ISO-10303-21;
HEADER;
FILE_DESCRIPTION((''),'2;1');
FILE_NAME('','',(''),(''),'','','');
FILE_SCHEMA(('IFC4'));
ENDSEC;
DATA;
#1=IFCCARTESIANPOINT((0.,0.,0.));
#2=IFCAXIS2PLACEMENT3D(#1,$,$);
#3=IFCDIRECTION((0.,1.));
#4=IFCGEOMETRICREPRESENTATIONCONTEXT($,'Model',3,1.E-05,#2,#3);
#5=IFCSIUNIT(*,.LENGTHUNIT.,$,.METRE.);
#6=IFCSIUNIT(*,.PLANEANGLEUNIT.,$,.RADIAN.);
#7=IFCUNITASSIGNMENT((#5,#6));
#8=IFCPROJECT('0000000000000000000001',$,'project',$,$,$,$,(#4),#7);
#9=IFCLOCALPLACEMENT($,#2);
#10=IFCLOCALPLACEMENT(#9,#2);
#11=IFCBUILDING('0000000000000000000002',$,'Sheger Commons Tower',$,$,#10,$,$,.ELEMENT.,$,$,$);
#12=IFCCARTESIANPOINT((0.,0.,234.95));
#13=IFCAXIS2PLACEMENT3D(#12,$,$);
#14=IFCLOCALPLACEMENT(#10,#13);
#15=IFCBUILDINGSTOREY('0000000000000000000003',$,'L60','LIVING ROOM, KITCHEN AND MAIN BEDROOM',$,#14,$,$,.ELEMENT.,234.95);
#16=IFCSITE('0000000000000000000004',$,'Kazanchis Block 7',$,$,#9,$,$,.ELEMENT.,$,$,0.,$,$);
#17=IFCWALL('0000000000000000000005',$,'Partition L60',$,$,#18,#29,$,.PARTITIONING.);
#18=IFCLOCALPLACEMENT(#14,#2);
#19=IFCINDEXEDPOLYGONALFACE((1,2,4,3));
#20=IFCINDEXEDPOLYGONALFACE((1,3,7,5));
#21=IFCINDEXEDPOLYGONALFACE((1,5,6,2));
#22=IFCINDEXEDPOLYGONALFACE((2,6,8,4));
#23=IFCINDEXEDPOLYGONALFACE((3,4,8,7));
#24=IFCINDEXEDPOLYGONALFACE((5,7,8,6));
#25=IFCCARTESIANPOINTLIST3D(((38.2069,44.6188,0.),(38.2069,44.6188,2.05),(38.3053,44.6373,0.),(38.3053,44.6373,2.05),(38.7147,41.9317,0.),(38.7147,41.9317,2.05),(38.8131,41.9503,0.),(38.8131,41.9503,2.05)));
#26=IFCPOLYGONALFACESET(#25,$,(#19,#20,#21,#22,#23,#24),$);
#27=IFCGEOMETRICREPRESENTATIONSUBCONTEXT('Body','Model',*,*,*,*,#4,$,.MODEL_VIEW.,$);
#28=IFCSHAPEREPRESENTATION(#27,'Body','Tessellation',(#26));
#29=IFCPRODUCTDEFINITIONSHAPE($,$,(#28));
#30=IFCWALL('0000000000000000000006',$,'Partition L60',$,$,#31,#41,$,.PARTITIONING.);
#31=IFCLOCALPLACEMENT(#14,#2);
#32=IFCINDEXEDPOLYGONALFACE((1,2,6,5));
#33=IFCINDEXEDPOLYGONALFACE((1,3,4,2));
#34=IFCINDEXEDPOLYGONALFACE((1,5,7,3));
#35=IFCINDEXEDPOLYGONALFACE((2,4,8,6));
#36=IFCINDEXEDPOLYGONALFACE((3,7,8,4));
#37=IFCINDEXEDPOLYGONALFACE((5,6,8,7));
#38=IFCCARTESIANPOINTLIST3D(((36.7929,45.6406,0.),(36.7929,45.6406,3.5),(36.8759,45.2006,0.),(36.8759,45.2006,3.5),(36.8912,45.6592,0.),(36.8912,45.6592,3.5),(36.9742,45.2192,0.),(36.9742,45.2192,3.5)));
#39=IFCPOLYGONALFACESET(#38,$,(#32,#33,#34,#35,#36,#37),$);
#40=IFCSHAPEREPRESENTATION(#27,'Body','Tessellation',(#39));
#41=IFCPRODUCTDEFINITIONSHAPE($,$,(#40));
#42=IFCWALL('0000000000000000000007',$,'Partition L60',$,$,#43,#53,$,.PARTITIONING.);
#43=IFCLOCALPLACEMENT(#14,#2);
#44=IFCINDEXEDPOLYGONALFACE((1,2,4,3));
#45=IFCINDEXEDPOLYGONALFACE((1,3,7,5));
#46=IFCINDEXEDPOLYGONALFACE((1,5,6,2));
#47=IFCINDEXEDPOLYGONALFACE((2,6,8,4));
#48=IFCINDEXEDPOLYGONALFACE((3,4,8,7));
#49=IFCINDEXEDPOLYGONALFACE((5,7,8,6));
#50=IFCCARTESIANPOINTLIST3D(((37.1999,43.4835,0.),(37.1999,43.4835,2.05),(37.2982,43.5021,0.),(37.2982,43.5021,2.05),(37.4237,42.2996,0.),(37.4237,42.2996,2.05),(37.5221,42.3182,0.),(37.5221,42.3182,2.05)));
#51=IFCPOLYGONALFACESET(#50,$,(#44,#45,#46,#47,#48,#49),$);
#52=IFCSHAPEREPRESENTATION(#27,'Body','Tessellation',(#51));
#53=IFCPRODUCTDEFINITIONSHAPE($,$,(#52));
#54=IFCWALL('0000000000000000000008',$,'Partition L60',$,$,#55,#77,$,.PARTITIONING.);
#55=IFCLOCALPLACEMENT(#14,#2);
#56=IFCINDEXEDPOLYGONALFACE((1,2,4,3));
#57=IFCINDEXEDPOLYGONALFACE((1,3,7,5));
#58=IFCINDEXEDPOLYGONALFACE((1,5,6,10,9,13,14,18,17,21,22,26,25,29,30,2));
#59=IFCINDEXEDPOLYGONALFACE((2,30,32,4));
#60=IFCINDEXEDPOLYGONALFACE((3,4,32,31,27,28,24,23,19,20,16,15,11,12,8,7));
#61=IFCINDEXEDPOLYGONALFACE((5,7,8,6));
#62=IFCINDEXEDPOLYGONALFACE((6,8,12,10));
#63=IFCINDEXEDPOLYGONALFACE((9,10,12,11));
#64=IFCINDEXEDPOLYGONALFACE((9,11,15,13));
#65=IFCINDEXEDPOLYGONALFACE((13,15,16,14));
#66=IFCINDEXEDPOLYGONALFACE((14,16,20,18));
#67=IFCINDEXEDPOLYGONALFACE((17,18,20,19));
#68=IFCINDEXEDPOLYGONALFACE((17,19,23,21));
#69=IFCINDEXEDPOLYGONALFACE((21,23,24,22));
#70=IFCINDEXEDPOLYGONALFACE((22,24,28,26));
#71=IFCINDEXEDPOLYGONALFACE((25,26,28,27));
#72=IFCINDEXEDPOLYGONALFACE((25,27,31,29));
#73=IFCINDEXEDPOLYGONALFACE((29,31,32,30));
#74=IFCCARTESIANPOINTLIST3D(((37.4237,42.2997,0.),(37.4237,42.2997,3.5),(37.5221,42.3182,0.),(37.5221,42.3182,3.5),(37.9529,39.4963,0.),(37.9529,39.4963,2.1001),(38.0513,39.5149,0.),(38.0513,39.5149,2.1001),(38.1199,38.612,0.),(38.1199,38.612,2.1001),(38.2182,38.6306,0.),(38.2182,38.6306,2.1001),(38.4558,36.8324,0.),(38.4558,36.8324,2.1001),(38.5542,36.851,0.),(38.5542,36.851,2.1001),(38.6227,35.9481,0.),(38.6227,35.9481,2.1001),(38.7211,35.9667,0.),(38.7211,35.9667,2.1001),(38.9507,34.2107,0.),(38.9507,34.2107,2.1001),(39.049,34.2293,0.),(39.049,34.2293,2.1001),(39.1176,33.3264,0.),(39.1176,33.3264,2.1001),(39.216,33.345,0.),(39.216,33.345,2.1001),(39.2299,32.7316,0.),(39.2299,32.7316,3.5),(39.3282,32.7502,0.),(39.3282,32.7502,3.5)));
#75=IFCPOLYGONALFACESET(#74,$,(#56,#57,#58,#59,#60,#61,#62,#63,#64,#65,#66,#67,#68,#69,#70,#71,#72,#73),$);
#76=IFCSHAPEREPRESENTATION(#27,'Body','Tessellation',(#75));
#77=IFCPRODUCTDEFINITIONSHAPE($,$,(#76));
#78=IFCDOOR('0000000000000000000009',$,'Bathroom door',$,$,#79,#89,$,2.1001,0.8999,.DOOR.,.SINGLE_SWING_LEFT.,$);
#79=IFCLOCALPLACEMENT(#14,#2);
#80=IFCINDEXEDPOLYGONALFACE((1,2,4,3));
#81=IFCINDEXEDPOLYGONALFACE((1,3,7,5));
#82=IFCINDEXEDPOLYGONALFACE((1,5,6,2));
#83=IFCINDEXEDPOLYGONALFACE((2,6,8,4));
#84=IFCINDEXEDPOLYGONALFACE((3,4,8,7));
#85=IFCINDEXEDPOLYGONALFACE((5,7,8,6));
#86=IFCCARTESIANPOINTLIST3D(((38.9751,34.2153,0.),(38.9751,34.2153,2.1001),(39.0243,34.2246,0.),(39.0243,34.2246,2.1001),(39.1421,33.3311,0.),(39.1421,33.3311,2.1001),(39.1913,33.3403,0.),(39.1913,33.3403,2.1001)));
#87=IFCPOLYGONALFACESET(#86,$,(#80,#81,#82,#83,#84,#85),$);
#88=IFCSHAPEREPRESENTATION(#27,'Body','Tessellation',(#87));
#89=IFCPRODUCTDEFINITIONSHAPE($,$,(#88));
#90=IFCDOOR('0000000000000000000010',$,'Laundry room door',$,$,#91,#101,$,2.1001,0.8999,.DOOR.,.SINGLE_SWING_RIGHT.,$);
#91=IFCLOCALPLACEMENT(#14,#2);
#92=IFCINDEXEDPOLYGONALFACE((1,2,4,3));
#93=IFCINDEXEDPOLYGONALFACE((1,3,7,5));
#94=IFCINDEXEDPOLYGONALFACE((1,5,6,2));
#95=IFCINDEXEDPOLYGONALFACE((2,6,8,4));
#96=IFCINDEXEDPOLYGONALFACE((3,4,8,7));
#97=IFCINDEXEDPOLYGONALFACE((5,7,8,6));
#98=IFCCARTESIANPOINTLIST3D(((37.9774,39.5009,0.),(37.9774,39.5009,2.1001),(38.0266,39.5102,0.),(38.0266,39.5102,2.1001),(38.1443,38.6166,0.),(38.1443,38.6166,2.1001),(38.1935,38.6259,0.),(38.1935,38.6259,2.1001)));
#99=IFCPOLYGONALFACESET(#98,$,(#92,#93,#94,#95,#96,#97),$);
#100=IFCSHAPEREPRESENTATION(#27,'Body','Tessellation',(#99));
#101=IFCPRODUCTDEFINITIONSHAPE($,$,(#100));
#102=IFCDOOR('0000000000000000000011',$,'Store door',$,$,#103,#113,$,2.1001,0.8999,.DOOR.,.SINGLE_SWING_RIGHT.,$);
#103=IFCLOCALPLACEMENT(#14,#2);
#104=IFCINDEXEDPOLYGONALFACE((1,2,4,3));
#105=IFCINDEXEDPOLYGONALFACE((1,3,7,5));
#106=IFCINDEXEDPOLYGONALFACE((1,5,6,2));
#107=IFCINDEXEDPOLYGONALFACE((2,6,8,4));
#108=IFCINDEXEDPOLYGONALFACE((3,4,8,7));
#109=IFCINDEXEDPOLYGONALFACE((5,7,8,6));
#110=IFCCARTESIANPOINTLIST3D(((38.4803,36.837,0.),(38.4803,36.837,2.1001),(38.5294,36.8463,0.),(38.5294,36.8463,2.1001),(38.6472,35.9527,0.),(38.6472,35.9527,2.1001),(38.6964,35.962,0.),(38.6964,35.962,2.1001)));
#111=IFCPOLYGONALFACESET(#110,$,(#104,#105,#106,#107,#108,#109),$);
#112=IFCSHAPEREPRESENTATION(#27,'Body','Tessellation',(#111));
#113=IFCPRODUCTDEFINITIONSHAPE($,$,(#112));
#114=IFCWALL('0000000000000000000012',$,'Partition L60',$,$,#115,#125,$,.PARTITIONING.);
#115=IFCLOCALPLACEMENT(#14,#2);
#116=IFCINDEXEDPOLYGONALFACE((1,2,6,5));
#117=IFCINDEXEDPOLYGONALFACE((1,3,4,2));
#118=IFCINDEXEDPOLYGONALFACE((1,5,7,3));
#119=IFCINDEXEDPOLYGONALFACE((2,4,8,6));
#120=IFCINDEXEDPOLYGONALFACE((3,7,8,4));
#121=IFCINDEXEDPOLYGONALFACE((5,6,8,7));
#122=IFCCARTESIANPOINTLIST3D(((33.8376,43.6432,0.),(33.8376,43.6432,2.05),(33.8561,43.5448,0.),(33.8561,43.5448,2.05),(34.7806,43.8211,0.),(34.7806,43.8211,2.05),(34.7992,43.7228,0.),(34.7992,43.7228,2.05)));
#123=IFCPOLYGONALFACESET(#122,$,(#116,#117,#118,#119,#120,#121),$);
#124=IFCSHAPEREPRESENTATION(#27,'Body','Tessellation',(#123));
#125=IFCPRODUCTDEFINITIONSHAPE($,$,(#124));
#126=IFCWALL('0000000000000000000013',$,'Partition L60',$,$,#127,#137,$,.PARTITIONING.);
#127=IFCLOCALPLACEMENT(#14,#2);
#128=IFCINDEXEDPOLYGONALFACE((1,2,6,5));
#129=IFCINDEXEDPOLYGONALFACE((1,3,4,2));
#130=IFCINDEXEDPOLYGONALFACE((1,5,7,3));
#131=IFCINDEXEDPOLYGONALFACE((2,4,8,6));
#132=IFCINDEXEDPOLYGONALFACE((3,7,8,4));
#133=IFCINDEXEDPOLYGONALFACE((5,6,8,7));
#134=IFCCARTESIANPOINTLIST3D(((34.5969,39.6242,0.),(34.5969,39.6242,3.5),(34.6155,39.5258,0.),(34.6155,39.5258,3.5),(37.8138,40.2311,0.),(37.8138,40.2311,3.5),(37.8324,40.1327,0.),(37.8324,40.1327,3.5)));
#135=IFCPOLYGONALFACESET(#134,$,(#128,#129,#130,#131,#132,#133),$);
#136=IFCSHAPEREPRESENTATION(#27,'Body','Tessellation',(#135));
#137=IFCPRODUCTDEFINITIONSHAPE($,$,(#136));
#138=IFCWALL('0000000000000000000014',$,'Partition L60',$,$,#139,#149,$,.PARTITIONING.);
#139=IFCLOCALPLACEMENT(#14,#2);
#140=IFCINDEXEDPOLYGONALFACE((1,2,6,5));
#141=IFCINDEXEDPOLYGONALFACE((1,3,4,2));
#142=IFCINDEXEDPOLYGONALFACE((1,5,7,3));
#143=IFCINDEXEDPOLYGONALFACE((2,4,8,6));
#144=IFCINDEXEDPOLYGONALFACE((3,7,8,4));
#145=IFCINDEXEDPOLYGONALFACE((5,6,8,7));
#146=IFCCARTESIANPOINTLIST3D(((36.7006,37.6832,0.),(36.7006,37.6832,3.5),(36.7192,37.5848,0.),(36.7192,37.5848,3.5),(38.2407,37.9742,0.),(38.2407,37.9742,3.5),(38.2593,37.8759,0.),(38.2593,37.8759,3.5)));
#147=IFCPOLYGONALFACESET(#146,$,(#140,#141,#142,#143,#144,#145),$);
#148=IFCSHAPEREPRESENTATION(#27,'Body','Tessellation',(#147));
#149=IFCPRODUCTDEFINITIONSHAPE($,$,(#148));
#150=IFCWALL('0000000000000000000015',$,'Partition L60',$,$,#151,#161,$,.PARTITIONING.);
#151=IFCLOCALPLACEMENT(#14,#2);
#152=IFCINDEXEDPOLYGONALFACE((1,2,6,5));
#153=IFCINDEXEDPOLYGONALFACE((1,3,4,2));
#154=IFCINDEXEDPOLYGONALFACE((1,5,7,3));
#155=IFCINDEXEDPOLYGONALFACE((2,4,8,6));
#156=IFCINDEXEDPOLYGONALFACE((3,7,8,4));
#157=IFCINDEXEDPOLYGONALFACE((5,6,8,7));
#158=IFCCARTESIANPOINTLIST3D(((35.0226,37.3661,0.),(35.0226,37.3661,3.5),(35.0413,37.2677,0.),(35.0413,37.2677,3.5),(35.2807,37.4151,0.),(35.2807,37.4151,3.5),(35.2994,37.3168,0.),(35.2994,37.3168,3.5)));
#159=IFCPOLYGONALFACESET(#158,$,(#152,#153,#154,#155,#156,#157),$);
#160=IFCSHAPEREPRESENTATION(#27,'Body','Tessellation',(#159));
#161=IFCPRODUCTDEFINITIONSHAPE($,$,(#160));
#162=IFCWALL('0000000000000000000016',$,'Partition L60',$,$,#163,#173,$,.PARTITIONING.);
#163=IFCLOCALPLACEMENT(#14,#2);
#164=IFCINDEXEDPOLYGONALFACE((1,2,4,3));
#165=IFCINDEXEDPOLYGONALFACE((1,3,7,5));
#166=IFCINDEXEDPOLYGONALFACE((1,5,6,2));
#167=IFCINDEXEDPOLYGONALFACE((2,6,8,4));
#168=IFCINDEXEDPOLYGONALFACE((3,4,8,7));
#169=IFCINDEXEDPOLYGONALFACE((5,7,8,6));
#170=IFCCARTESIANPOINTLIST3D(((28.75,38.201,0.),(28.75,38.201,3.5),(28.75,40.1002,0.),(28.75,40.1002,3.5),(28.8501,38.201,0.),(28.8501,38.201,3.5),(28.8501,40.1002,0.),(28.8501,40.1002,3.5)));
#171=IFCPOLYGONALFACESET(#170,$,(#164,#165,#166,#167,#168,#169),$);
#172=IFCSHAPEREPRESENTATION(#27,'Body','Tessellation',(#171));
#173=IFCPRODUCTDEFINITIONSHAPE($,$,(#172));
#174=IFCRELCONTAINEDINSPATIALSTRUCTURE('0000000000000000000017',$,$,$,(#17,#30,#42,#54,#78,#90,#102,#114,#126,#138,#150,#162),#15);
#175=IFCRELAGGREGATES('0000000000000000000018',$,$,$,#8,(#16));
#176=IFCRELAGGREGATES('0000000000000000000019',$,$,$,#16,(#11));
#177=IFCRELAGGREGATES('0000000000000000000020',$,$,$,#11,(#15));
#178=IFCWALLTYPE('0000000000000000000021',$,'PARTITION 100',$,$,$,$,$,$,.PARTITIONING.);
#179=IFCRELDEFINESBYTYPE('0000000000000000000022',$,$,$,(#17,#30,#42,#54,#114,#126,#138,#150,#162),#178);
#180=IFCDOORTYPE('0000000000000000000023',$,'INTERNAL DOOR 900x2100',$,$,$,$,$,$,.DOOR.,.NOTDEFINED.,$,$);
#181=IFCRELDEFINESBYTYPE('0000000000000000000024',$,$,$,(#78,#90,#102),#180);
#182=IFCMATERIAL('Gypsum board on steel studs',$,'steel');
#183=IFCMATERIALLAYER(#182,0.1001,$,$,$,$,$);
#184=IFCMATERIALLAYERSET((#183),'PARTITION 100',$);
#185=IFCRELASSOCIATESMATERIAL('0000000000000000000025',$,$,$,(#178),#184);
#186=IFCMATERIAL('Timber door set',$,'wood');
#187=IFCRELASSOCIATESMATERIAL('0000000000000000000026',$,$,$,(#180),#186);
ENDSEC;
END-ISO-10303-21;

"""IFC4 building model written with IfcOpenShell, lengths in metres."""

from ifc_helpers import new_model, si_unit, direction, frame, frame_2d, origin, place, context, subcontext, project, spatial, rectangle, extrude, material, layer, layer_set, type_object, element, fill, save


model = new_model("IFC4")

# Units and contexts
model_context = context("Model", 3, precision=1e-05, world=origin(), true_north=direction((0.0, 1.0)))
body_context = subcontext(model_context, "Body", "Model", "MODEL_VIEW")
ifc_project = project(units=[si_unit("LENGTHUNIT", "METRE"), si_unit("PLANEANGLEUNIT", "RADIAN")], contexts=[model_context])

# Site, building, storey
site_placement = place(None, origin())
site = spatial("IfcSite", under=ifc_project, at=site_placement, Name="Kazanchis Block 7", CompositionType="ELEMENT", RefElevation=0.0)
building_placement = place(site_placement, origin())
building = spatial("IfcBuilding", under=site, at=building_placement, Name="Sheger Commons Tower", CompositionType="ELEMENT")
storey_placement = place(building_placement, frame((0.0, 0.0, 234.95)))
storey = spatial("IfcBuildingStorey", under=building, at=storey_placement, Name="L60", Description="LIVING ROOM, KITCHEN AND MAIN BEDROOM", CompositionType="ELEMENT", Elevation=234.95)

# Walls
ifc_material_1 = material(Name="Gypsum board on steel studs", Category="steel")
ifc_layer_1 = layer(ifc_material_1, 0.1001)
ifc_layer_set_1 = layer_set([ifc_layer_1], Name="PARTITION 100")
wall_type_1 = type_object("IfcWallType", Name="PARTITION 100", PredefinedType="PARTITIONING", material=ifc_layer_set_1)
wall_1_placement = place(storey_placement, frame((38.2561, 44.6279, 0.0), z_axis=(0.0, 0.0, 1.0), x_axis=(0.185701, -0.982606, 0.0)))
element("IfcWall", 1, at=wall_1_placement, inside=storey, type_object=wall_type_1, Name="Partition L60", PredefinedType="PARTITIONING", context=body_context, shape_type="SweptSolid", body=[
    extrude(rectangle(XDim=2.7346, YDim=0.1001, at=frame_2d((1.3672, 0.0))), origin(), (0.0, 0.0, 1.0), 2.05),
])
wall_2_placement = place(storey_placement, frame((36.842, 45.6499, 0.0), z_axis=(0.0, 0.0, 1.0), x_axis=(0.185408, -0.982662, 0.0)))
element("IfcWall", 2, at=wall_2_placement, inside=storey, type_object=wall_type_1, Name="Partition L60", PredefinedType="PARTITIONING", context=body_context, shape_type="SweptSolid", body=[
    extrude(rectangle(XDim=0.4478, YDim=0.1001, at=frame_2d((0.2239, 0.0))), origin(), (0.0, 0.0, 1.0), 3.5),
])
wall_3_placement = place(storey_placement, frame((37.249, 43.4929, 0.0), z_axis=(0.0, 0.0, 1.0), x_axis=(0.185818, -0.982584, 0.0)))
element("IfcWall", 3, at=wall_3_placement, inside=storey, type_object=wall_type_1, Name="Partition L60", PredefinedType="PARTITIONING", context=body_context, shape_type="SweptSolid", body=[
    extrude(rectangle(XDim=1.2048, YDim=0.1001, at=frame_2d((0.6025, 0.0))), origin(), (0.0, 0.0, 1.0), 2.05),
])

# Wall, openings, doors
wall_4_placement = place(storey_placement, frame((37.4729, 42.3091, 0.0), z_axis=(0.0, 0.0, 1.0), x_axis=(0.185492, -0.982646, 0.0)))
wall_4 = element("IfcWall", 4, at=wall_4_placement, inside=storey, type_object=wall_type_1, Name="Partition L60", PredefinedType="PARTITIONING", context=body_context, shape_type="SweptSolid", body=[
    extrude(rectangle(XDim=9.7371, YDim=0.1001, at=frame_2d((4.8687, 0.0))), origin(), (0.0, 0.0, 1.0), 3.5),
])
opening_1_placement = place(wall_4_placement, frame((8.2319, 0.0, 0.0)))
opening_1 = element("IfcOpeningElement", 5, at=opening_1_placement, cuts=wall_4, PredefinedType="OPENING", context=body_context, shape_type="SweptSolid", body=[
    extrude(rectangle(XDim=0.8999, YDim=2.1001, at=frame_2d((0.45, 1.05))), frame((0.0, 0.0601, 0.0), z_axis=(0.0, -1.0, 0.0), x_axis=(1.0, 0.0, 0.0)), (0.0, 0.0, 1.0), 0.1201),
])
opening_2_placement = place(wall_4_placement, frame((2.853, 0.0, 0.0)))
opening_2 = element("IfcOpeningElement", 6, at=opening_2_placement, cuts=wall_4, PredefinedType="OPENING", context=body_context, shape_type="SweptSolid", body=[
    extrude(rectangle(XDim=0.8999, YDim=2.1001, at=frame_2d((0.45, 1.05))), frame((0.0, 0.0601, 0.0), z_axis=(0.0, -1.0, 0.0), x_axis=(1.0, 0.0, 0.0)), (0.0, 0.0, 1.0), 0.1201),
])
opening_3_placement = place(wall_4_placement, frame((5.564, 0.0, 0.0)))
opening_3 = element("IfcOpeningElement", 7, at=opening_3_placement, cuts=wall_4, PredefinedType="OPENING", context=body_context, shape_type="SweptSolid", body=[
    extrude(rectangle(XDim=0.8999, YDim=2.1001, at=frame_2d((0.45, 1.05))), frame((0.0, 0.0601, 0.0), z_axis=(0.0, -1.0, 0.0), x_axis=(1.0, 0.0, 0.0)), (0.0, 0.0, 1.0), 0.1201),
])
ifc_material_2 = material(Name="Timber door set", Category="wood")
door_type_1 = type_object("IfcDoorType", Name="INTERNAL DOOR 900x2100", OperationType="NOTDEFINED", PredefinedType="DOOR", material=ifc_material_2)
door_1_placement = place(opening_1_placement, origin())
door_1 = element("IfcDoor", 8, at=door_1_placement, inside=storey, type_object=door_type_1, Name="Bathroom door", OperationType="SINGLE_SWING_LEFT", OverallHeight=2.1001, OverallWidth=0.8999, PredefinedType="DOOR", context=body_context, shape_type="SweptSolid", body=[
    extrude(rectangle(XDim=0.8999, YDim=2.1001, at=frame_2d((0.45, 1.05))), frame((0.0, 0.0249, 0.0), z_axis=(0.0, -1.0, 0.0), x_axis=(1.0, 0.0, 0.0)), (0.0, 0.0, 1.0), 0.05),
])
fill(opening_1, door_1)
door_2_placement = place(opening_2_placement, origin())
door_2 = element("IfcDoor", 9, at=door_2_placement, inside=storey, type_object=door_type_1, Name="Laundry room door", OperationType="SINGLE_SWING_RIGHT", OverallHeight=2.1001, OverallWidth=0.8999, PredefinedType="DOOR", context=body_context, shape_type="SweptSolid", body=[
    extrude(rectangle(XDim=0.8999, YDim=2.1001, at=frame_2d((0.45, 1.05))), frame((0.0, 0.0249, 0.0), z_axis=(0.0, -1.0, 0.0), x_axis=(1.0, 0.0, 0.0)), (0.0, 0.0, 1.0), 0.05),
])
fill(opening_2, door_2)
door_3_placement = place(opening_3_placement, origin())
door_3 = element("IfcDoor", 10, at=door_3_placement, inside=storey, type_object=door_type_1, Name="Store door", OperationType="SINGLE_SWING_RIGHT", OverallHeight=2.1001, OverallWidth=0.8999, PredefinedType="DOOR", context=body_context, shape_type="SweptSolid", body=[
    extrude(rectangle(XDim=0.8999, YDim=2.1001, at=frame_2d((0.45, 1.05))), frame((0.0, 0.0249, 0.0), z_axis=(0.0, -1.0, 0.0), x_axis=(1.0, 0.0, 0.0)), (0.0, 0.0, 1.0), 0.05),
])
fill(opening_3, door_3)

# Walls
wall_5_placement = place(storey_placement, frame((34.79, 43.772, 0.0), z_axis=(0.0, 0.0, 1.0), x_axis=(-0.982656, -0.18544, 0.0)))
element("IfcWall", 11, at=wall_5_placement, inside=storey, type_object=wall_type_1, Name="Partition L60", PredefinedType="PARTITIONING", context=body_context, shape_type="SweptSolid", body=[
    extrude(rectangle(XDim=0.9597, YDim=0.1001, at=frame_2d((0.48, 0.0))), origin(), (0.0, 0.0, 1.0), 2.05),
])
wall_6_placement = place(storey_placement, frame((37.823, 40.1819, 0.0), z_axis=(0.0, 0.0, 1.0), x_axis=(-0.982665, -0.185392, 0.0)))
element("IfcWall", 12, at=wall_6_placement, inside=storey, type_object=wall_type_1, Name="Partition L60", PredefinedType="PARTITIONING", context=body_context, shape_type="SweptSolid", body=[
    extrude(rectangle(XDim=3.2737, YDim=0.1001, at=frame_2d((1.6367, 0.0))), origin(), (0.0, 0.0, 1.0), 3.5),
])
wall_7_placement = place(storey_placement, frame((38.25, 37.925, 0.0), z_axis=(0.0, 0.0, 1.0), x_axis=(-0.98261, -0.18568, 0.0)))
element("IfcWall", 13, at=wall_7_placement, inside=storey, type_object=wall_type_1, Name="Partition L60", PredefinedType="PARTITIONING", context=body_context, shape_type="SweptSolid", body=[
    extrude(rectangle(XDim=1.5674, YDim=0.1001, at=frame_2d((0.7837, 0.0))), origin(), (0.0, 0.0, 1.0), 3.5),
])
wall_8_placement = place(storey_placement, frame((35.29, 37.366, 0.0), z_axis=(0.0, 0.0, 1.0), x_axis=(-0.982395, -0.186813, 0.0)))
element("IfcWall", 14, at=wall_8_placement, inside=storey, type_object=wall_type_1, Name="Partition L60", PredefinedType="PARTITIONING", context=body_context, shape_type="SweptSolid", body=[
    extrude(rectangle(XDim=0.2627, YDim=0.1001, at=frame_2d((0.1313, 0.0))), origin(), (0.0, 0.0, 1.0), 3.5),
])
wall_9_placement = place(storey_placement, frame((28.8, 38.2009, 0.0), z_axis=(0.0, 0.0, 1.0), x_axis=(0.0, 1.0, 0.0)))
element("IfcWall", 15, at=wall_9_placement, inside=storey, type_object=wall_type_1, Name="Partition L60", PredefinedType="PARTITIONING", context=body_context, shape_type="SweptSolid", body=[
    extrude(rectangle(XDim=1.8992, YDim=0.1001, at=frame_2d((0.9497, 0.0))), origin(), (0.0, 0.0, 1.0), 3.5),
])

save(model, "model.ifc")
